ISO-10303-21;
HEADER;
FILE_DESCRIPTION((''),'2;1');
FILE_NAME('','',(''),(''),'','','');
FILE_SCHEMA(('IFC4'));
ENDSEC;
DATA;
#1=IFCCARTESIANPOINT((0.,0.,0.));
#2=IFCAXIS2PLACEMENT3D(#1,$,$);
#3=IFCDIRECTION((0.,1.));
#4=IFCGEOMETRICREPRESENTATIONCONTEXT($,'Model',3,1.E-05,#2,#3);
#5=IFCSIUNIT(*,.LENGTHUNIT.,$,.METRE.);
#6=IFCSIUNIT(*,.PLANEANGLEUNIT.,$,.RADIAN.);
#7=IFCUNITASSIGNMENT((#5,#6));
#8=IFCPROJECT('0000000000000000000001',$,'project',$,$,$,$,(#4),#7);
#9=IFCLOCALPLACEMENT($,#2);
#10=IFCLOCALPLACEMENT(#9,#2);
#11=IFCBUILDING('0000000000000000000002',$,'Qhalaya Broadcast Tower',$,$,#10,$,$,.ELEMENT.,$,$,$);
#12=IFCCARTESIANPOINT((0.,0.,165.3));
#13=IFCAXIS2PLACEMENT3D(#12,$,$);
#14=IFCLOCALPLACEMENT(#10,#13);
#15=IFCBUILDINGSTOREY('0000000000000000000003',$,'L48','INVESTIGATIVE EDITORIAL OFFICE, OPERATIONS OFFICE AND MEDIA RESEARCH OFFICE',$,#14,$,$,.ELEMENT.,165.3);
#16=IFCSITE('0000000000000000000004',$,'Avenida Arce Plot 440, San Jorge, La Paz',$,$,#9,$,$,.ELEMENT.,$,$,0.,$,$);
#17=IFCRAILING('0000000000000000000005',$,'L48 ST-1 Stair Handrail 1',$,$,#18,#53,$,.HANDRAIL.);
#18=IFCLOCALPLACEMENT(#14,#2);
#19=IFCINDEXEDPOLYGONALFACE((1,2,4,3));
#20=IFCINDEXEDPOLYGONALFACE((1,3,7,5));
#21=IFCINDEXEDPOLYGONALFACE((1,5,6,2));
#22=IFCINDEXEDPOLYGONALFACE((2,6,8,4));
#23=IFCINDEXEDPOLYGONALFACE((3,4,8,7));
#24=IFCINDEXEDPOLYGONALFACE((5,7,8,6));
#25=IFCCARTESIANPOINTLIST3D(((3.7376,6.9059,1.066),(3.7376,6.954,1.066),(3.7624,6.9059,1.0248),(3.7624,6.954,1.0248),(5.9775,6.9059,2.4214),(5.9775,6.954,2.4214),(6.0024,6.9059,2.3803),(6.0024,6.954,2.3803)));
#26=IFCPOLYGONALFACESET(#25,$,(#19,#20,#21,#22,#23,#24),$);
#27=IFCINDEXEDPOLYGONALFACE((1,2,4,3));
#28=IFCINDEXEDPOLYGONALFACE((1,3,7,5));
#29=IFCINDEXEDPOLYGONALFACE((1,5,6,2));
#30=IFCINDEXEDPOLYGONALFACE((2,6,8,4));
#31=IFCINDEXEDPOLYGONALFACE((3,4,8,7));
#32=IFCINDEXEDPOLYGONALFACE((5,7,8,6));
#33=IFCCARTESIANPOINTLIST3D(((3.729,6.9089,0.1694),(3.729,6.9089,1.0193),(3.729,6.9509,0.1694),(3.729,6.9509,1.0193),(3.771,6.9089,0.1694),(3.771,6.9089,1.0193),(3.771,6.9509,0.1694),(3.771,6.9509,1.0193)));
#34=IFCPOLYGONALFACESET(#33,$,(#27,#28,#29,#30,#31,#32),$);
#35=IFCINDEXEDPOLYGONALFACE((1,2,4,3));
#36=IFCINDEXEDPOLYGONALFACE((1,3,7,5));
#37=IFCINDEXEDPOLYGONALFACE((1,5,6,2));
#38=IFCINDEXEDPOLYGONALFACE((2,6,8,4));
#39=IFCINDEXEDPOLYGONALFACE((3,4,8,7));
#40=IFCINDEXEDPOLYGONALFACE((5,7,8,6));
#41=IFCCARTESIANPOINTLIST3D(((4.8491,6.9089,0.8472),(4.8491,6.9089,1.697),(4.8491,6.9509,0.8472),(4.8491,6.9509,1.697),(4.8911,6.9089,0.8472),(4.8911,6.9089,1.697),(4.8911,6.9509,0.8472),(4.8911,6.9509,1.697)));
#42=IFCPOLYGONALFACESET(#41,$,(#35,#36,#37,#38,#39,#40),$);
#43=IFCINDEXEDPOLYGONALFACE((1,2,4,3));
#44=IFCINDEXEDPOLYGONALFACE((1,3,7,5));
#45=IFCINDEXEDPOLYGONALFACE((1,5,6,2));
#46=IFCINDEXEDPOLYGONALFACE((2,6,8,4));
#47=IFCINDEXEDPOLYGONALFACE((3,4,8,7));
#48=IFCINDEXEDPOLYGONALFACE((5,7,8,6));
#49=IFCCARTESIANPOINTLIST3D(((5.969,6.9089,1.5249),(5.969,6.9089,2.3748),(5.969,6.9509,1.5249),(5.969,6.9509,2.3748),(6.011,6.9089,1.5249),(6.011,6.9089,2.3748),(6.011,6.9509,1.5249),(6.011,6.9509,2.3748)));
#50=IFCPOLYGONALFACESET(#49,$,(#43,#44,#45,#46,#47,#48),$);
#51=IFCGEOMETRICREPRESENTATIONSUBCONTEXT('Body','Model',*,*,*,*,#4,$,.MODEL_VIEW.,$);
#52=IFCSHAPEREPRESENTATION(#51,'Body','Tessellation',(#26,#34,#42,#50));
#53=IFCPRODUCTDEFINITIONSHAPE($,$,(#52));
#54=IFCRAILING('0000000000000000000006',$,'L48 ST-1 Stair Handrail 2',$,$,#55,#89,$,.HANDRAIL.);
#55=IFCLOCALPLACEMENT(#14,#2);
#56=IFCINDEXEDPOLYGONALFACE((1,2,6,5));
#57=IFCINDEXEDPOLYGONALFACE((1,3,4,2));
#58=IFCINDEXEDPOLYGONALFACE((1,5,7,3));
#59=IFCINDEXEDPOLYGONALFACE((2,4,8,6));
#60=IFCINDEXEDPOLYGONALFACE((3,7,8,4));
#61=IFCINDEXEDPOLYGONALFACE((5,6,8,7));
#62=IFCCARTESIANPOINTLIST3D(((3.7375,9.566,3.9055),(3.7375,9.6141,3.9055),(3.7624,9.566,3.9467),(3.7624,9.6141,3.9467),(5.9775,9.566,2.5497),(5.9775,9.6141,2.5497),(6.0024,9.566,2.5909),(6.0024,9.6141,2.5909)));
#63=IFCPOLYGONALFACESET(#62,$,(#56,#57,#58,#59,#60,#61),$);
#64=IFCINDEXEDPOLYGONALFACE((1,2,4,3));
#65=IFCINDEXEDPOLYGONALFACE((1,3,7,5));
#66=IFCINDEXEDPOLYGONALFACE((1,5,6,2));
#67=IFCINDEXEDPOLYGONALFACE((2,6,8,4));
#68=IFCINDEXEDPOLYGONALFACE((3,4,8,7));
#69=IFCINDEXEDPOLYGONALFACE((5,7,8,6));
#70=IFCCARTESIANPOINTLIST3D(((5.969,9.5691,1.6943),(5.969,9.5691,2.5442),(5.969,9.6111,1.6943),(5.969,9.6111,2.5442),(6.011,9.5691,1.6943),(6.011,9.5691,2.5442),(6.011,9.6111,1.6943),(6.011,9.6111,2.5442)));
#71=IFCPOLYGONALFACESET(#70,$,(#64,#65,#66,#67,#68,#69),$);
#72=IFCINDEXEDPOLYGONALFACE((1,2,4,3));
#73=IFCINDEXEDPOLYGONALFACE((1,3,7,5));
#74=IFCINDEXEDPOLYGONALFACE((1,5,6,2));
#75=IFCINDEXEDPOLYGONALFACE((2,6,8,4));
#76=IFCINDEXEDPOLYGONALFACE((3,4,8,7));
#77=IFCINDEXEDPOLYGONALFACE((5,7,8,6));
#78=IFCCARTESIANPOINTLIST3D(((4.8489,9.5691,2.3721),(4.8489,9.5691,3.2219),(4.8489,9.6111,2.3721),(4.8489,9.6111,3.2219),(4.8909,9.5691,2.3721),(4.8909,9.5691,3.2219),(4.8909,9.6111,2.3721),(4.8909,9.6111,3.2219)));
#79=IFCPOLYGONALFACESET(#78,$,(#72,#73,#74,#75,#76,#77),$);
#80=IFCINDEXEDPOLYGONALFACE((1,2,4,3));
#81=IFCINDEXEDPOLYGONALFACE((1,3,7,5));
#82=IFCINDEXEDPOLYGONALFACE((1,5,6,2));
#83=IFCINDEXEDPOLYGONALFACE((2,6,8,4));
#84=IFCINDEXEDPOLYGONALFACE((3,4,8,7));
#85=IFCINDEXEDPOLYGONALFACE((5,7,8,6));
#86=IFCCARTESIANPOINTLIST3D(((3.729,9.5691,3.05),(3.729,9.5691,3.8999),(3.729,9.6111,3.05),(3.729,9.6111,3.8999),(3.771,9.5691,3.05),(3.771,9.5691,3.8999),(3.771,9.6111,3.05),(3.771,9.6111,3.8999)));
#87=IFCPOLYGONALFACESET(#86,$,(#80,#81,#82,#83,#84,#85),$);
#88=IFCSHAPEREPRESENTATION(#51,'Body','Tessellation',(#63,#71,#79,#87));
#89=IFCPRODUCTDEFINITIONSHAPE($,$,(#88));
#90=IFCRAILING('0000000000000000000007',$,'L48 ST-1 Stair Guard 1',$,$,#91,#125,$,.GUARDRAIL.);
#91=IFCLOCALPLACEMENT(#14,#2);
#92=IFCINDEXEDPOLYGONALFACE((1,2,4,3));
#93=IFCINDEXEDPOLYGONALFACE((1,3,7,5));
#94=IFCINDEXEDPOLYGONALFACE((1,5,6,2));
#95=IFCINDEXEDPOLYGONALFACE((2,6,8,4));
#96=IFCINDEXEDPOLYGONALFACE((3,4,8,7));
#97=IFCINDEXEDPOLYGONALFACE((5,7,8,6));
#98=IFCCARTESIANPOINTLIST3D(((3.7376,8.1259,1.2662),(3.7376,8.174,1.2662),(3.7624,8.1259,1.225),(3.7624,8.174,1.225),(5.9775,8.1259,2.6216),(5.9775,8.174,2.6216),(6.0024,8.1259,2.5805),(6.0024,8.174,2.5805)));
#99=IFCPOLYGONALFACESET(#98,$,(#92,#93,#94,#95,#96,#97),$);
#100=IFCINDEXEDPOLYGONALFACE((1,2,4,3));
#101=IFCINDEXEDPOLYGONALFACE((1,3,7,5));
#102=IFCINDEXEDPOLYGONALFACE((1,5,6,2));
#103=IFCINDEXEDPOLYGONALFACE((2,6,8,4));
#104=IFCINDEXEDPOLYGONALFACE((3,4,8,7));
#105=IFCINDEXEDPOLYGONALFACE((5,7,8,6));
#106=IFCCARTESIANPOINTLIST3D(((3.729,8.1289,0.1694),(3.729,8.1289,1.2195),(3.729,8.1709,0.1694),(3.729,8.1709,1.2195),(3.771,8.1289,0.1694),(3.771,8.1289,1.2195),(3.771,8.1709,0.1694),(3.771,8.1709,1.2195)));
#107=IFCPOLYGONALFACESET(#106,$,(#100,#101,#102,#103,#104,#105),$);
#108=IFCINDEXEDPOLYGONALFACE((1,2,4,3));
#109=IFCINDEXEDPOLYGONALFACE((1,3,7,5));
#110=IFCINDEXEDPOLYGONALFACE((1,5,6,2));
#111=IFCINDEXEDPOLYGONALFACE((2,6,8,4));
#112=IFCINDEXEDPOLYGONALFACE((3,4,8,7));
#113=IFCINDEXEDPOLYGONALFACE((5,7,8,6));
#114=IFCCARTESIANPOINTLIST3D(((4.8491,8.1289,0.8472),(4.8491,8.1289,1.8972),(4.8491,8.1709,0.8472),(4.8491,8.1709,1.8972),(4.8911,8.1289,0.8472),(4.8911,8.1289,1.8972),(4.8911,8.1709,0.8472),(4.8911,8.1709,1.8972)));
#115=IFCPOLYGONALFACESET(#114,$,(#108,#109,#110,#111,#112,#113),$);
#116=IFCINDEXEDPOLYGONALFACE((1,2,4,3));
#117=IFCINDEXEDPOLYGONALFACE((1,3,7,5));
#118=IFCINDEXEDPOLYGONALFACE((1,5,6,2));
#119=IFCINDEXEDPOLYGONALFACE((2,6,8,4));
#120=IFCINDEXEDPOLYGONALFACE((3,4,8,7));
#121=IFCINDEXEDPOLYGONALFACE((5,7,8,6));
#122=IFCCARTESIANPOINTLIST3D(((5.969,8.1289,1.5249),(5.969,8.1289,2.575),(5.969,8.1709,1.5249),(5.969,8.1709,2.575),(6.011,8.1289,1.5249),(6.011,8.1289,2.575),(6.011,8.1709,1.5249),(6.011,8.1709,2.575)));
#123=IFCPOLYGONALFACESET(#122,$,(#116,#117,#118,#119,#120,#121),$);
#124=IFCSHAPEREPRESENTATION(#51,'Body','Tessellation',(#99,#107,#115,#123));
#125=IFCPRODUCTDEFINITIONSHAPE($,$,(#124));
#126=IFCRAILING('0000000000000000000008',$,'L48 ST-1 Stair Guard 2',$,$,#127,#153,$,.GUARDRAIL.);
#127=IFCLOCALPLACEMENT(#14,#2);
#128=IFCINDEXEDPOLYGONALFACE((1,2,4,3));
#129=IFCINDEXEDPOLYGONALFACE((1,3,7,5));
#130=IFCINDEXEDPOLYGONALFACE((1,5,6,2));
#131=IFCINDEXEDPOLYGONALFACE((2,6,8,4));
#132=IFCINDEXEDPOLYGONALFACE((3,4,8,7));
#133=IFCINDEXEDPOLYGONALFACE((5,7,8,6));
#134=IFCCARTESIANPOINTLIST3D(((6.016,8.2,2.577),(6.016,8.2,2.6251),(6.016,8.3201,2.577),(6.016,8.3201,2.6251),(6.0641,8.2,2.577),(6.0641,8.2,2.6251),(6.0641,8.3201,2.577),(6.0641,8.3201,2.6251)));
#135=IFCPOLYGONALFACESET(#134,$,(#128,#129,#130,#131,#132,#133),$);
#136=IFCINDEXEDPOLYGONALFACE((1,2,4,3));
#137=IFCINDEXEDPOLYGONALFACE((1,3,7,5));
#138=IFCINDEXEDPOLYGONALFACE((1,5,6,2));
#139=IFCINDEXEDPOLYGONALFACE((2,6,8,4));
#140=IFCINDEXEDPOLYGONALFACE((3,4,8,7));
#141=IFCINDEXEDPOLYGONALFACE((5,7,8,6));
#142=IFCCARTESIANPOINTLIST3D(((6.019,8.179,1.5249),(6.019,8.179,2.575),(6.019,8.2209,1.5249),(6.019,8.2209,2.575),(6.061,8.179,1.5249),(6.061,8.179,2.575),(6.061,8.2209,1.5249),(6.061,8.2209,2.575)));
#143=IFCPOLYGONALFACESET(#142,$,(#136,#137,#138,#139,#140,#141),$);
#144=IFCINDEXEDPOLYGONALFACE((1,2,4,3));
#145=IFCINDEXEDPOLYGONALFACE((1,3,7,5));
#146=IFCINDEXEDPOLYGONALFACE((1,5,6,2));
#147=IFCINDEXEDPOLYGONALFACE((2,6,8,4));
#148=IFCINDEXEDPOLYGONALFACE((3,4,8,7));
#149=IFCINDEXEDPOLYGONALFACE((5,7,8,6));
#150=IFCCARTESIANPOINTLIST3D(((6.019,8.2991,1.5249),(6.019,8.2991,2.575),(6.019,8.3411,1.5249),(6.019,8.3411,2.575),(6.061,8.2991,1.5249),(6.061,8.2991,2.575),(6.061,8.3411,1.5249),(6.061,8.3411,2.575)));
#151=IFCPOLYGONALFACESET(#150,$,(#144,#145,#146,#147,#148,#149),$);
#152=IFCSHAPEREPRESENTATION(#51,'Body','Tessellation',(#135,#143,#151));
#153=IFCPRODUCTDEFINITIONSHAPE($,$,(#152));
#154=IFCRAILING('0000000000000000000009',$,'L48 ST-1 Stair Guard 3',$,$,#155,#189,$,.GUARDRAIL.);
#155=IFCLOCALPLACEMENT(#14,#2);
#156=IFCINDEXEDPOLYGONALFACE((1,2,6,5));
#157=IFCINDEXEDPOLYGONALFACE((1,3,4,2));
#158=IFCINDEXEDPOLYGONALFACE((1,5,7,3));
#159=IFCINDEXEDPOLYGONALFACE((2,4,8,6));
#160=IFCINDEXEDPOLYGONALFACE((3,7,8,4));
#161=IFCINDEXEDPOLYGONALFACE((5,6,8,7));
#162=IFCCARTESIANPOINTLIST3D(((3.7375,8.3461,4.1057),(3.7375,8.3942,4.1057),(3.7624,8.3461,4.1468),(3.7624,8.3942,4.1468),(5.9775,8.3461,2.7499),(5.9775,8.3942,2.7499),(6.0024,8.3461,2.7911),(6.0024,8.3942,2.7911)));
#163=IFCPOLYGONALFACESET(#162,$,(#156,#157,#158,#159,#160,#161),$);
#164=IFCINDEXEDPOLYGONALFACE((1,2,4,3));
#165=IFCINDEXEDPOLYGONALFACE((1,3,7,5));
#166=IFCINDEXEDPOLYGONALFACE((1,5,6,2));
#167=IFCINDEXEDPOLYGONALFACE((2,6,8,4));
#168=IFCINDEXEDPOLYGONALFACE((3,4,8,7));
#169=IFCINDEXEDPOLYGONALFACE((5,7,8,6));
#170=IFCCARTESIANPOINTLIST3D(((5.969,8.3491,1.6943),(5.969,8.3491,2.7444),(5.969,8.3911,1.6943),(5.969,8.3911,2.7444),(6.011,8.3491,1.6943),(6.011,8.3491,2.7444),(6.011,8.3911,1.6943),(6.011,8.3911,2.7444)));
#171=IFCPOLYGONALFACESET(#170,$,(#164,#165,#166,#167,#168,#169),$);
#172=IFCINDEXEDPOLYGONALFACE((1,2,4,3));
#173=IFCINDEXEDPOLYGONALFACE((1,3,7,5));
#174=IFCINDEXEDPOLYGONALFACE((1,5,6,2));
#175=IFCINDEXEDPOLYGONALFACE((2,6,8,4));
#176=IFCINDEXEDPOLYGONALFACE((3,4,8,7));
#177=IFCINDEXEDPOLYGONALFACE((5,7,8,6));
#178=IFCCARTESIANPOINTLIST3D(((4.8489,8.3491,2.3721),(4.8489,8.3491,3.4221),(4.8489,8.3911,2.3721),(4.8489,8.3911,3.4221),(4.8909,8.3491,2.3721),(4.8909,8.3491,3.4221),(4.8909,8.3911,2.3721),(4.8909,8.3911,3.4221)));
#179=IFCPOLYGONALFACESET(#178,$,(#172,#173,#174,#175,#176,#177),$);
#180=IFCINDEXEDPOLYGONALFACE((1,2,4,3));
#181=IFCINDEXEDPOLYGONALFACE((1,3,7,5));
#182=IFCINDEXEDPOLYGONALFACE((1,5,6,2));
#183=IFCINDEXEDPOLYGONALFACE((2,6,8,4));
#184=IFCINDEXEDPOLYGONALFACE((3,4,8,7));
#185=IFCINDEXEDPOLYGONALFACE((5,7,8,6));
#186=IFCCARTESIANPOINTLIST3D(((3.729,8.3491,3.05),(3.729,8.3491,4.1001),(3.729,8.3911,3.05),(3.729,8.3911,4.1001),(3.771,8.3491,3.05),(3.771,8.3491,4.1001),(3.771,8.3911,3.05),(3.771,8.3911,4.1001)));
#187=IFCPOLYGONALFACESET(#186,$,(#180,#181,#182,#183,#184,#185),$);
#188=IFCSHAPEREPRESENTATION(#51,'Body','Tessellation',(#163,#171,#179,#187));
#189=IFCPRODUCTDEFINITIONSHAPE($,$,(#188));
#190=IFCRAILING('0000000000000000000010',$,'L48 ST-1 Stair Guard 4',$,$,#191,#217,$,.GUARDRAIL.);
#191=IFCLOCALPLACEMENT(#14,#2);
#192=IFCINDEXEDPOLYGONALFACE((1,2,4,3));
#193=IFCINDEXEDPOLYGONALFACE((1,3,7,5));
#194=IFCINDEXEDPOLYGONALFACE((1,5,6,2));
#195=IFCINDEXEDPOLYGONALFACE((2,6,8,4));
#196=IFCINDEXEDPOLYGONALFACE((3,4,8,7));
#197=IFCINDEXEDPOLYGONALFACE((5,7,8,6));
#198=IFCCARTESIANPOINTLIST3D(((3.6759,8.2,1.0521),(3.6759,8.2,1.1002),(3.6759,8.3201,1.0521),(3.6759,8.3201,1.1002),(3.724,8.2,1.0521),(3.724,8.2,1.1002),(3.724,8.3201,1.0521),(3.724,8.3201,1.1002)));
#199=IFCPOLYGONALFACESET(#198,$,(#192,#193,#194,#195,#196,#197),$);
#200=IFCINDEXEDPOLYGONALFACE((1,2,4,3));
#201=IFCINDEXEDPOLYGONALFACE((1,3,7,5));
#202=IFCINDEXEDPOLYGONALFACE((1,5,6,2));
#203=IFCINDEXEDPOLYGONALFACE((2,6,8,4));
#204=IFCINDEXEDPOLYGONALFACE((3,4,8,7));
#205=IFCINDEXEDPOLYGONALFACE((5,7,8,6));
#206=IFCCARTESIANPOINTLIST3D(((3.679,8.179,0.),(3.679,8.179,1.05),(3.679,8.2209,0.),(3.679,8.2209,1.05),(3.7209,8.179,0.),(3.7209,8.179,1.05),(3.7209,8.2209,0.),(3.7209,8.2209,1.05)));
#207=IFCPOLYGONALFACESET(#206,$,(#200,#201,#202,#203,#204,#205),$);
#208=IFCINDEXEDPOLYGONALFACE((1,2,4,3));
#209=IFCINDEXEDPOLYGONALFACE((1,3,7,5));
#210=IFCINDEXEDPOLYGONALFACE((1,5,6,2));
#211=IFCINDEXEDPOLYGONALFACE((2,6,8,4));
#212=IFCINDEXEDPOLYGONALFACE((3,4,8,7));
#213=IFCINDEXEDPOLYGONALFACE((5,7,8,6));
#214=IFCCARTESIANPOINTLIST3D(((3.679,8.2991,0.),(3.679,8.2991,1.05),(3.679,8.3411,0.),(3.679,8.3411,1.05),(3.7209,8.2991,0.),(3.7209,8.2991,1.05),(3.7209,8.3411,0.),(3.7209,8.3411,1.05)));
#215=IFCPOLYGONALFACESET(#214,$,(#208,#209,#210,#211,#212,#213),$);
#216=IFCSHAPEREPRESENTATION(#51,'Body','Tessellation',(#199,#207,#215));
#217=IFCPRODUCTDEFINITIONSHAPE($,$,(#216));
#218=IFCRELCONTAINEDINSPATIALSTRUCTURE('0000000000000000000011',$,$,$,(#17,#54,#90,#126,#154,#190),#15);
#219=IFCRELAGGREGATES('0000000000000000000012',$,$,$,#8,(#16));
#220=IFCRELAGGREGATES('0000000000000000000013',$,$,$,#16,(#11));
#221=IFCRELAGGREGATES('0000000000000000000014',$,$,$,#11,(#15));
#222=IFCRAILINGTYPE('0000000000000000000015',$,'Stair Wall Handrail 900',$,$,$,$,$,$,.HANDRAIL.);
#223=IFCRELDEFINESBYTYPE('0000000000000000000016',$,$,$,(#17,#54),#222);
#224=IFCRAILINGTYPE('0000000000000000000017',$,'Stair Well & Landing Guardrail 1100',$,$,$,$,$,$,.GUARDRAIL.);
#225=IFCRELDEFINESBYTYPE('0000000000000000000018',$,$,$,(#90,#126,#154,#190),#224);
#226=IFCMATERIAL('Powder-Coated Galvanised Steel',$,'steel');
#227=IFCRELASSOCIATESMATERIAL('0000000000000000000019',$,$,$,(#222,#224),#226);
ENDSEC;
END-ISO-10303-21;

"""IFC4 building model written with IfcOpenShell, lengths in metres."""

from ifc_helpers import new_model, si_unit, direction, frame, origin, origin_2d, place, context, subcontext, project, spatial, rectangle, extrude, material, type_object, element, save


model = new_model("IFC4")

# Units and contexts
model_context = context("Model", 3, precision=1e-05, world=origin(), true_north=direction((0.0, 1.0)))
body_context = subcontext(model_context, "Body", "Model", "MODEL_VIEW")
ifc_project = project(units=[si_unit("LENGTHUNIT", "METRE"), si_unit("PLANEANGLEUNIT", "RADIAN")], contexts=[model_context])

# Site, building, storey
site_placement = place(None, origin())
site = spatial("IfcSite", under=ifc_project, at=site_placement, Name="Avenida Arce Plot 440, San Jorge, La Paz", CompositionType="ELEMENT", RefElevation=0.0)
building_placement = place(site_placement, origin())
building = spatial("IfcBuilding", under=site, at=building_placement, Name="Qhalaya Broadcast Tower", CompositionType="ELEMENT")
storey_placement = place(building_placement, frame((0.0, 0.0, 165.3)))
storey = spatial("IfcBuildingStorey", under=building, at=storey_placement, Name="L48", Description="INVESTIGATIVE EDITORIAL OFFICE, OPERATIONS OFFICE AND MEDIA RESEARCH OFFICE", CompositionType="ELEMENT", Elevation=165.3)

# Railings
ifc_material_1 = material(Name="Powder-Coated Galvanised Steel", Category="steel")
railing_type_1 = type_object("IfcRailingType", Name="Stair Wall Handrail 900", PredefinedType="HANDRAIL", material=ifc_material_1)
railing_1_placement = place(storey_placement, frame((3.75, 6.9299, 0.1694)))
element("IfcRailing", 1, at=railing_1_placement, inside=storey, type_object=railing_type_1, Name="L48 ST-1 Stair Handrail 1", PredefinedType="HANDRAIL", context=body_context, shape_type="SweptSolid", body=[
    extrude(rectangle(XDim=0.0481, YDim=0.0481, at=origin_2d()), frame((0.0, 0.0, 0.876), z_axis=(0.855553, 0.0, 0.517715), x_axis=(0.0, 1.0, 0.0)), (0.0, 0.0, 1.0), 2.6182),
    extrude(rectangle(XDim=0.042, YDim=0.042, at=origin_2d()), origin(), (0.0, 0.0, 1.0), 0.8499),
    extrude(rectangle(XDim=0.042, YDim=0.042, at=origin_2d()), frame((1.1201, 0.0, 0.6777)), (0.0, 0.0, 1.0), 0.8499),
    extrude(rectangle(XDim=0.042, YDim=0.042, at=origin_2d()), frame((2.24, 0.0, 1.3555)), (0.0, 0.0, 1.0), 0.8499),
])
railing_2_placement = place(storey_placement, frame((5.99, 9.5901, 1.6943)))
element("IfcRailing", 2, at=railing_2_placement, inside=storey, type_object=railing_type_1, Name="L48 ST-1 Stair Handrail 2", PredefinedType="HANDRAIL", context=body_context, shape_type="SweptSolid", body=[
    extrude(rectangle(XDim=0.0481, YDim=0.0481, at=origin_2d()), frame((0.0, 0.0, 0.876), z_axis=(-0.855512, 0.0, 0.517783), x_axis=(0.0, -1.0, 0.0)), (0.0, 0.0, 1.0), 2.6184),
    extrude(rectangle(XDim=0.042, YDim=0.042, at=origin_2d()), origin(), (0.0, 0.0, 1.0), 0.8499),
    extrude(rectangle(XDim=0.042, YDim=0.042, at=origin_2d()), frame((-1.1201, 0.0, 0.6777)), (0.0, 0.0, 1.0), 0.8499),
    extrude(rectangle(XDim=0.042, YDim=0.042, at=origin_2d()), frame((-2.24, 0.0, 1.3557)), (0.0, 0.0, 1.0), 0.8499),
])
railing_type_2 = type_object("IfcRailingType", Name="Stair Well & Landing Guardrail 1100", PredefinedType="GUARDRAIL", material=ifc_material_1)
railing_3_placement = place(storey_placement, frame((3.75, 8.1499, 0.1694)))
element("IfcRailing", 3, at=railing_3_placement, inside=storey, type_object=railing_type_2, Name="L48 ST-1 Stair Guard 1", PredefinedType="GUARDRAIL", context=body_context, shape_type="SweptSolid", body=[
    extrude(rectangle(XDim=0.0481, YDim=0.0481, at=origin_2d()), frame((0.0, 0.0, 1.0762), z_axis=(0.855553, 0.0, 0.517715), x_axis=(0.0, 1.0, 0.0)), (0.0, 0.0, 1.0), 2.6182),
    extrude(rectangle(XDim=0.042, YDim=0.042, at=origin_2d()), origin(), (0.0, 0.0, 1.0), 1.05),
    extrude(rectangle(XDim=0.042, YDim=0.042, at=origin_2d()), frame((1.1201, 0.0, 0.6777)), (0.0, 0.0, 1.0), 1.05),
    extrude(rectangle(XDim=0.042, YDim=0.042, at=origin_2d()), frame((2.24, 0.0, 1.3555)), (0.0, 0.0, 1.0), 1.05),
])
railing_4_placement = place(storey_placement, frame((6.04, 8.2, 1.5249)))
element("IfcRailing", 4, at=railing_4_placement, inside=storey, type_object=railing_type_2, Name="L48 ST-1 Stair Guard 2", PredefinedType="GUARDRAIL", context=body_context, shape_type="SweptSolid", body=[
    extrude(rectangle(XDim=0.0481, YDim=0.0481, at=origin_2d()), frame((0.0, 0.0, 1.0762), z_axis=(0.0, 1.0, 0.0), x_axis=(-1.0, 0.0, 0.0)), (0.0, 0.0, 1.0), 0.1201),
    extrude(rectangle(XDim=0.042, YDim=0.042, at=origin_2d()), origin(), (0.0, 0.0, 1.0), 1.05),
    extrude(rectangle(XDim=0.042, YDim=0.042, at=origin_2d()), frame((0.0, 0.1201, 0.0)), (0.0, 0.0, 1.0), 1.05),
])
railing_5_placement = place(storey_placement, frame((5.99, 8.3701, 1.6943)))
element("IfcRailing", 5, at=railing_5_placement, inside=storey, type_object=railing_type_2, Name="L48 ST-1 Stair Guard 3", PredefinedType="GUARDRAIL", context=body_context, shape_type="SweptSolid", body=[
    extrude(rectangle(XDim=0.0481, YDim=0.0481, at=origin_2d()), frame((0.0, 0.0, 1.0762), z_axis=(-0.855512, 0.0, 0.517783), x_axis=(0.0, -1.0, 0.0)), (0.0, 0.0, 1.0), 2.6184),
    extrude(rectangle(XDim=0.042, YDim=0.042, at=origin_2d()), origin(), (0.0, 0.0, 1.0), 1.05),
    extrude(rectangle(XDim=0.042, YDim=0.042, at=origin_2d()), frame((-1.1201, 0.0, 0.6777)), (0.0, 0.0, 1.0), 1.05),
    extrude(rectangle(XDim=0.042, YDim=0.042, at=origin_2d()), frame((-2.24, 0.0, 1.3557)), (0.0, 0.0, 1.0), 1.05),
])
railing_6_placement = place(storey_placement, frame((3.7, 8.2, 0.0)))
element("IfcRailing", 6, at=railing_6_placement, inside=storey, type_object=railing_type_2, Name="L48 ST-1 Stair Guard 4", PredefinedType="GUARDRAIL", context=body_context, shape_type="SweptSolid", body=[
    extrude(rectangle(XDim=0.0481, YDim=0.0481, at=origin_2d()), frame((0.0, 0.0, 1.0762), z_axis=(0.0, 1.0, 0.0), x_axis=(-1.0, 0.0, 0.0)), (0.0, 0.0, 1.0), 0.1201),
    extrude(rectangle(XDim=0.042, YDim=0.042, at=origin_2d()), origin(), (0.0, 0.0, 1.0), 1.05),
    extrude(rectangle(XDim=0.042, YDim=0.042, at=origin_2d()), frame((0.0, 0.1201, 0.0)), (0.0, 0.0, 1.0), 1.05),
])

save(model, "model.ifc")
